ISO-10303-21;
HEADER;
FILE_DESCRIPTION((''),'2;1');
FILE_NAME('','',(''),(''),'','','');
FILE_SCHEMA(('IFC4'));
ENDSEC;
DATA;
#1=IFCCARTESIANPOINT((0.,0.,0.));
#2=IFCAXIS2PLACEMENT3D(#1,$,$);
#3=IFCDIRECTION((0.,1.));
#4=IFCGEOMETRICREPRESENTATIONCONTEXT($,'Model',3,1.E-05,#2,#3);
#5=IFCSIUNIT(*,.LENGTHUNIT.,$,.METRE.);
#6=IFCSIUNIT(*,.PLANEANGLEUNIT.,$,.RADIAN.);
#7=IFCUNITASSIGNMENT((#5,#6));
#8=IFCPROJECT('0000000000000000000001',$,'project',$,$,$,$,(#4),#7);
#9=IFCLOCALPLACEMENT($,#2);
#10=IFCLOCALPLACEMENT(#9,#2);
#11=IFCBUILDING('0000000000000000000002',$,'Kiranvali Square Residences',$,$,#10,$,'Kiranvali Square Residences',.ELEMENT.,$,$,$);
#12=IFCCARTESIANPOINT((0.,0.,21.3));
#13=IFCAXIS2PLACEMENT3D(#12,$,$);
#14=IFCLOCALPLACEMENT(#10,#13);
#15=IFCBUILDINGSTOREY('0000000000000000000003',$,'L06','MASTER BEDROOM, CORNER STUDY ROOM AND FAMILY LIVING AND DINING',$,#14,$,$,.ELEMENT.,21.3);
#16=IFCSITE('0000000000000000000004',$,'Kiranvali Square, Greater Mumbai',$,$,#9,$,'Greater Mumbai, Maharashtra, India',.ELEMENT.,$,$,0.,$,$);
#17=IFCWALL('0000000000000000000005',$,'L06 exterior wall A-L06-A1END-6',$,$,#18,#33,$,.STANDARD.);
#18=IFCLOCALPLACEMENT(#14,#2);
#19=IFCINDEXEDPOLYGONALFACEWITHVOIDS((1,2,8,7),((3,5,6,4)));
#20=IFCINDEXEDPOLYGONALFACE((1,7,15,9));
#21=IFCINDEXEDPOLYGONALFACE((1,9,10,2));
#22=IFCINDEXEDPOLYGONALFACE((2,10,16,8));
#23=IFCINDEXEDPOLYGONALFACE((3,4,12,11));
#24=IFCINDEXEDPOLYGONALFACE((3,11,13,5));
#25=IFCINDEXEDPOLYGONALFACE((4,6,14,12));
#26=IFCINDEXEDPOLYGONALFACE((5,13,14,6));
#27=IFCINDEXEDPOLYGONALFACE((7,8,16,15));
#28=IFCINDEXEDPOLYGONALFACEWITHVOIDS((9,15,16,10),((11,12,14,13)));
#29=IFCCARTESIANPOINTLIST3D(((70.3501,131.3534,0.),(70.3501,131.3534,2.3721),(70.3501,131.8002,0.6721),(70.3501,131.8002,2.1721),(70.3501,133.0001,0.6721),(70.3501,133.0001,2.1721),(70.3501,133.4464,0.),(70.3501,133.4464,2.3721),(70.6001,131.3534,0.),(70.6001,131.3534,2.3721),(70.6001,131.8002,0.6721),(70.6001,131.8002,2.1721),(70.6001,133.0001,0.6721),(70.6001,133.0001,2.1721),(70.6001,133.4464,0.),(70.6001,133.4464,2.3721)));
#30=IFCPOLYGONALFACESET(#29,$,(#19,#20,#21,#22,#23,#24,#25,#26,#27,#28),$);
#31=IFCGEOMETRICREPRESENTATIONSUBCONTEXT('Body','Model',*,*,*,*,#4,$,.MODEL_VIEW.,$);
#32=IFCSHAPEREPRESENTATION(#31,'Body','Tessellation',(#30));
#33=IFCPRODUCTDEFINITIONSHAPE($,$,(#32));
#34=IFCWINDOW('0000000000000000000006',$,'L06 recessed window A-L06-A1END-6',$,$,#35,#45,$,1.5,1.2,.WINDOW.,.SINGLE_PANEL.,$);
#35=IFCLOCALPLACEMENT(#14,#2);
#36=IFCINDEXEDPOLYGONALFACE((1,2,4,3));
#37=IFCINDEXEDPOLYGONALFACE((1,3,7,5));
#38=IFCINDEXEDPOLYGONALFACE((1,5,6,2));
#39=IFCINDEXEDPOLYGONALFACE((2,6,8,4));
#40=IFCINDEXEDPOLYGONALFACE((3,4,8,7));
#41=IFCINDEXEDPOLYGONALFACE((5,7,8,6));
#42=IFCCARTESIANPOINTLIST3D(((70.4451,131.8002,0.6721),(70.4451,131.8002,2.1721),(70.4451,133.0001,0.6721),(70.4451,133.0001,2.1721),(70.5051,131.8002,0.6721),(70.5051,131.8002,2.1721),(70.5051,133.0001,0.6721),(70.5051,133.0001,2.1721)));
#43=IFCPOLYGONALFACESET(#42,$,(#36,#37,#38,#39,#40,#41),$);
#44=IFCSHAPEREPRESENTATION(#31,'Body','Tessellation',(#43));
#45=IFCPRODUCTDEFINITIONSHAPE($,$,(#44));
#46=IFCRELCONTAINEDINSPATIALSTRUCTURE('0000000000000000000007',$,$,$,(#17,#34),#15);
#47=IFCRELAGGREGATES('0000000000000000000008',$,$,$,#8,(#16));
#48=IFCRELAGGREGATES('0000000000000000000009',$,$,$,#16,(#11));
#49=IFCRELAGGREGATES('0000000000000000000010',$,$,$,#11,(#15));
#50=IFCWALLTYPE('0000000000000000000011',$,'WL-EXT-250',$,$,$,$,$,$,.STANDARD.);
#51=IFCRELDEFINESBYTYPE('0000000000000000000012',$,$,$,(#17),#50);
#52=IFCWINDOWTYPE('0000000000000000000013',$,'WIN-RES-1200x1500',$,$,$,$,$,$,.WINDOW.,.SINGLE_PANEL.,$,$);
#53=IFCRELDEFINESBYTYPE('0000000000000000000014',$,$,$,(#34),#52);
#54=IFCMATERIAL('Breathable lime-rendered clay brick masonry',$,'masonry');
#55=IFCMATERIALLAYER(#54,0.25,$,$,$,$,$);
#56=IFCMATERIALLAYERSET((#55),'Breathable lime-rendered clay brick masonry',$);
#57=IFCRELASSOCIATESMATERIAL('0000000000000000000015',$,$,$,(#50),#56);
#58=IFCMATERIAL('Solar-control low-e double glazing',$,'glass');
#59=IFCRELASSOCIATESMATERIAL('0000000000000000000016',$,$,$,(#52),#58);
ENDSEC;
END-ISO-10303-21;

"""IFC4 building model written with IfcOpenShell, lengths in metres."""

from ifc_helpers import new_model, si_unit, direction, frame, frame_2d, origin, place, context, subcontext, project, spatial, rectangle, extrude, material, layer, layer_set, type_object, element, fill, save


model = new_model("IFC4")

# Units and contexts
model_context = context("Model", 3, precision=1e-05, world=origin(), true_north=direction((0.0, 1.0)))
body_context = subcontext(model_context, "Body", "Model", "MODEL_VIEW")
ifc_project = project(units=[si_unit("LENGTHUNIT", "METRE"), si_unit("PLANEANGLEUNIT", "RADIAN")], contexts=[model_context])

# Site, building, storey
site_placement = place(None, origin())
site = spatial("IfcSite", under=ifc_project, at=site_placement, Name="Kiranvali Square, Greater Mumbai", LongName="Greater Mumbai, Maharashtra, India", CompositionType="ELEMENT", RefElevation=0.0)
building_placement = place(site_placement, origin())
building = spatial("IfcBuilding", under=site, at=building_placement, Name="Kiranvali Square Residences", LongName="Kiranvali Square Residences", CompositionType="ELEMENT")
storey_placement = place(building_placement, frame((0.0, 0.0, 21.3)))
storey = spatial("IfcBuildingStorey", under=building, at=storey_placement, Name="L06", Description="MASTER BEDROOM, CORNER STUDY ROOM AND FAMILY LIVING AND DINING", CompositionType="ELEMENT", Elevation=21.3)

# Wall, opening, window
ifc_material_1 = material(Name="Breathable lime-rendered clay brick masonry", Category="masonry")
ifc_layer = layer(ifc_material_1, 0.25)
ifc_layer_set = layer_set([ifc_layer], Name="Breathable lime-rendered clay brick masonry")
wall_type = type_object("IfcWallType", Name="WL-EXT-250", PredefinedType="STANDARD", material=ifc_layer_set)
ifc_material_2 = material(Name="Solar-control low-e double glazing", Category="glass")
window_type_1 = type_object("IfcWindowType", Name="WIN-RES-1200x1500", PartitioningType="SINGLE_PANEL", PredefinedType="WINDOW", material=ifc_material_2)
wall_1_placement = place(storey_placement, frame((70.4751, 131.3535, 0.0), z_axis=(0.0, 0.0, 1.0), x_axis=(0.0, 1.0, 0.0)))
wall_1 = element("IfcWall", 1, at=wall_1_placement, inside=storey, type_object=wall_type, Name="L06 exterior wall A-L06-A1END-6", PredefinedType="STANDARD", context=body_context, shape_type="SweptSolid", body=[
    extrude(rectangle(XDim=2.093, YDim=0.25, at=frame_2d((1.0464, 0.0))), origin(), (0.0, 0.0, 1.0), 2.3721),
])
opening_1_placement = place(wall_1_placement, frame((0.4465, 0.0, 0.6721)))
opening_1 = element("IfcOpeningElement", 2, at=opening_1_placement, cuts=wall_1, PredefinedType="OPENING", context=body_context, shape_type="SweptSolid", body=[
    extrude(rectangle(XDim=1.2, YDim=1.5, at=frame_2d((0.6001, 0.75))), frame((0.0, 0.135, 0.0), z_axis=(0.0, -1.0, 0.0), x_axis=(1.0, 0.0, 0.0)), (0.0, 0.0, 1.0), 0.27),
])
window_1_placement = place(opening_1_placement, origin())
window_1 = element("IfcWindow", 3, at=window_1_placement, inside=storey, type_object=window_type_1, Name="L06 recessed window A-L06-A1END-6", OverallHeight=1.5, OverallWidth=1.2, PartitioningType="SINGLE_PANEL", PredefinedType="WINDOW", context=body_context, shape_type="SweptSolid", body=[
    extrude(rectangle(XDim=1.2, YDim=1.5, at=frame_2d((0.6001, 0.75))), frame((0.0, 0.03, 0.0), z_axis=(0.0, -1.0, 0.0), x_axis=(1.0, 0.0, 0.0)), (0.0, 0.0, 1.0), 0.0601),
])
fill(opening_1, window_1)

save(model, "model.ifc")
